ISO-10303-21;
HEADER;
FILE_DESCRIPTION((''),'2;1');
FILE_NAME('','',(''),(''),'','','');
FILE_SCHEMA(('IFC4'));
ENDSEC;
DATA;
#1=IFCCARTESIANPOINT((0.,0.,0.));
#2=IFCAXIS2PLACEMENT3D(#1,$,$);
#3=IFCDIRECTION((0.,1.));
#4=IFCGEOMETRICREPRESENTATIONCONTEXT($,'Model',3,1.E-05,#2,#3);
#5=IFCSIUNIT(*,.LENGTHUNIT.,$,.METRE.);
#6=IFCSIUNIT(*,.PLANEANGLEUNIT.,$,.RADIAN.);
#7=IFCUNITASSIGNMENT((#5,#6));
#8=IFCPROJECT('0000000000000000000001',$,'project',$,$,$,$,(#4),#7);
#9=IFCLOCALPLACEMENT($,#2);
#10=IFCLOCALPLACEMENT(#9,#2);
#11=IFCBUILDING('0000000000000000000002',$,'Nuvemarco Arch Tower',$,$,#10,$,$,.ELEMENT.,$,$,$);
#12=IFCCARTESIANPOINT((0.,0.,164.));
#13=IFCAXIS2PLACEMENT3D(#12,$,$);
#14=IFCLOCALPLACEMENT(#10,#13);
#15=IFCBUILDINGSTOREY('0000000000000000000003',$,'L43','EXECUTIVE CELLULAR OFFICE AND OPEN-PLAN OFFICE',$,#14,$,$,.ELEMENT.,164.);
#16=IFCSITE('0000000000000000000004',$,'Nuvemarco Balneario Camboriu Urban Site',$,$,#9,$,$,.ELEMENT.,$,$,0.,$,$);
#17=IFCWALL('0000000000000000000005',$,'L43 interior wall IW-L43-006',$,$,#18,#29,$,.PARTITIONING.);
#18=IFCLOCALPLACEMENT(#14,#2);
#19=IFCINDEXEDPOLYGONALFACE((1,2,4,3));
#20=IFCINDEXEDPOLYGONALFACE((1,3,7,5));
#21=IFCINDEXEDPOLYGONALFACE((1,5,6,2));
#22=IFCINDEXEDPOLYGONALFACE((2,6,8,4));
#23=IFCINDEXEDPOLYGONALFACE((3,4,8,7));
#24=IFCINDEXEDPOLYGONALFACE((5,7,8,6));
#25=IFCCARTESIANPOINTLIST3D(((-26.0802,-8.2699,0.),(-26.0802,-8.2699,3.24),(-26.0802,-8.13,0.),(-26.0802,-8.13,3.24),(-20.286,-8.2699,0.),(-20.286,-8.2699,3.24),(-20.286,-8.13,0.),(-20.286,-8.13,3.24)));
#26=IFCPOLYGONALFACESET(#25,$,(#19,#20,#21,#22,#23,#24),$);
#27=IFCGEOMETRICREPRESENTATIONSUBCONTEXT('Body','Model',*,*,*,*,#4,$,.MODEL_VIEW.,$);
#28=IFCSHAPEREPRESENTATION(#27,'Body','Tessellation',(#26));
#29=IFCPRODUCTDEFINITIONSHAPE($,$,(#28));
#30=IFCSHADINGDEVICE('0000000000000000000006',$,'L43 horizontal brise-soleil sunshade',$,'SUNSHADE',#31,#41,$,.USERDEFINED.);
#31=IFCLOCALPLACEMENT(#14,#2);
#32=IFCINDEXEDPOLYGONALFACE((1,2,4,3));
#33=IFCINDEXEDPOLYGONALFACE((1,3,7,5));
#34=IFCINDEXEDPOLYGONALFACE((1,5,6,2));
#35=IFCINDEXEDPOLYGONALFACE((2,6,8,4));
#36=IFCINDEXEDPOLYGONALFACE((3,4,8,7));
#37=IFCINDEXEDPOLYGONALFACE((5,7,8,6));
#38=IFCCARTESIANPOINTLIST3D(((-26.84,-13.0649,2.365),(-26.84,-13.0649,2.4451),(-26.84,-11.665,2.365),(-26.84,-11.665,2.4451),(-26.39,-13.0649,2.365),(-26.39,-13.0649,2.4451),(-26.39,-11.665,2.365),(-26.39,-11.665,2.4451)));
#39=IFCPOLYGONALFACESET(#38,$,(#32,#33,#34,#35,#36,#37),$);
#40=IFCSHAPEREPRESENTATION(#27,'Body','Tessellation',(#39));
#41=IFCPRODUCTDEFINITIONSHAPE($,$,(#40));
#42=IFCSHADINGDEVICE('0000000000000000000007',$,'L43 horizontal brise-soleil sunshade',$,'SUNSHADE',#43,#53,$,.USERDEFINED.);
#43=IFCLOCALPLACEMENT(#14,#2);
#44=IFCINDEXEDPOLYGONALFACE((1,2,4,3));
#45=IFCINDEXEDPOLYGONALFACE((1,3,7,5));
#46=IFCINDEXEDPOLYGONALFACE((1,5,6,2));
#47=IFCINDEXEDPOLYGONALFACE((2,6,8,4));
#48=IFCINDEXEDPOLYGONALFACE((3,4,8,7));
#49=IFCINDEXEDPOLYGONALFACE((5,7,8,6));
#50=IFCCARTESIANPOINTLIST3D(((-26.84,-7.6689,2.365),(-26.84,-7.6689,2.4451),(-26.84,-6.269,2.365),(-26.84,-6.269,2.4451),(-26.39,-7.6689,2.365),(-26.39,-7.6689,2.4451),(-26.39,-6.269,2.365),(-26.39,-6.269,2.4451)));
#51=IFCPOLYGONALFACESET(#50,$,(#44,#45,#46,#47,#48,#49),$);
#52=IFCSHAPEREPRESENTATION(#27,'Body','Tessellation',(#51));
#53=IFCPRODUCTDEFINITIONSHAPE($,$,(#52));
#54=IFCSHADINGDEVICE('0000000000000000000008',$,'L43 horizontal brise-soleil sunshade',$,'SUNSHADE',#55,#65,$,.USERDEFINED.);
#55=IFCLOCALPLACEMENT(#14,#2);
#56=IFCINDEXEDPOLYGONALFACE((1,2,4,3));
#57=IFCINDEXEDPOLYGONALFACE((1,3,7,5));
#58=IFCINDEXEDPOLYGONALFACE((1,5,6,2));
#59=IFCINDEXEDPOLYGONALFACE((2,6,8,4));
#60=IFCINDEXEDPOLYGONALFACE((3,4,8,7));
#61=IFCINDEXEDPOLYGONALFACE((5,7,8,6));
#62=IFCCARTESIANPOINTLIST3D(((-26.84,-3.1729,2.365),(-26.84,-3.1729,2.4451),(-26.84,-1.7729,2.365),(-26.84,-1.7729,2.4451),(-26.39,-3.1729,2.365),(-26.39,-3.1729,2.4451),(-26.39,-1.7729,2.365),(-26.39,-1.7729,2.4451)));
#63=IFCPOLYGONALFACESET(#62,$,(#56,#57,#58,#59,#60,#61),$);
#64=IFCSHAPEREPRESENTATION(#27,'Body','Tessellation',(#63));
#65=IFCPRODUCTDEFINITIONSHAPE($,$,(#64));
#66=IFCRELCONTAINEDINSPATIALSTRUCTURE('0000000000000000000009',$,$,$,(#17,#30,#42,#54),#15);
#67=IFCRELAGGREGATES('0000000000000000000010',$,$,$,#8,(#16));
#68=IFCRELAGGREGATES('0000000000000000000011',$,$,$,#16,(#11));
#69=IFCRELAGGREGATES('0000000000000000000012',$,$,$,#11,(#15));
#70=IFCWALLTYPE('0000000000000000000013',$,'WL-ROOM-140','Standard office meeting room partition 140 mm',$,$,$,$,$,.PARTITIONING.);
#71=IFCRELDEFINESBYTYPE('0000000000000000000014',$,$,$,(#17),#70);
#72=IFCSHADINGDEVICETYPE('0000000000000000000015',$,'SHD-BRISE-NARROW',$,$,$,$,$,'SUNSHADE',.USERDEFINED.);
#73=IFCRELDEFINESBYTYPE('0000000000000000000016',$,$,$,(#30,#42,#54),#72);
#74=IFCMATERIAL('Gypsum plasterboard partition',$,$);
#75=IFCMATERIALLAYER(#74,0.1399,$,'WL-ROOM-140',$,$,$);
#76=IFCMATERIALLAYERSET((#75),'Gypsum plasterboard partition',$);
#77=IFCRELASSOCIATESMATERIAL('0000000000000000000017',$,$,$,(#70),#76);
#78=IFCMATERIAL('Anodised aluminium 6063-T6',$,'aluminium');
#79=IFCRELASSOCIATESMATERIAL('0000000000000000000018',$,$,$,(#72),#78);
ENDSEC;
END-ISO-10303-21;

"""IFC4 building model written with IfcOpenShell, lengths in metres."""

from ifc_helpers import new_model, si_unit, direction, frame, frame_2d, origin, origin_2d, place, context, subcontext, project, spatial, rectangle, extrude, source, transform, mapped, material, layer, layer_set, type_object, type_shapes, element, save


model = new_model("IFC4")

# Units and contexts
model_context = context("Model", 3, precision=1e-05, world=origin(), true_north=direction((0.0, 1.0)))
body_context = subcontext(model_context, "Body", "Model", "MODEL_VIEW")
ifc_project = project(units=[si_unit("LENGTHUNIT", "METRE"), si_unit("PLANEANGLEUNIT", "RADIAN")], contexts=[model_context])

# Site, building, storey
site_placement = place(None, origin())
site = spatial("IfcSite", under=ifc_project, at=site_placement, Name="Nuvemarco Balneario Camboriu Urban Site", CompositionType="ELEMENT", RefElevation=0.0)
building_placement = place(site_placement, origin())
building = spatial("IfcBuilding", under=site, at=building_placement, Name="Nuvemarco Arch Tower", CompositionType="ELEMENT")
storey_placement = place(building_placement, frame((0.0, 0.0, 164.0)))
storey = spatial("IfcBuildingStorey", under=building, at=storey_placement, Name="L43", Description="EXECUTIVE CELLULAR OFFICE AND OPEN-PLAN OFFICE", CompositionType="ELEMENT", Elevation=164.0)

# Wall
ifc_material_1 = material(Name="Gypsum plasterboard partition")
ifc_layer_1 = layer(ifc_material_1, 0.1399, Name="WL-ROOM-140")
ifc_layer_set_1 = layer_set([ifc_layer_1], Name="Gypsum plasterboard partition")
wall_type_1 = type_object("IfcWallType", Name="WL-ROOM-140", Description="Standard office meeting room partition 140 mm", PredefinedType="PARTITIONING", material=ifc_layer_set_1)
wall_1_placement = place(storey_placement, frame((-26.0801, -8.2, 0.0), z_axis=(0.0, 0.0, 1.0), x_axis=(1.0, 0.0, 0.0)))
element("IfcWall", 1, at=wall_1_placement, inside=storey, type_object=wall_type_1, Name="L43 interior wall IW-L43-006", PredefinedType="PARTITIONING", context=body_context, shape_type="SweptSolid", body=[
    extrude(rectangle(XDim=5.7942, YDim=0.1399, at=frame_2d((2.897, 0.0))), origin(), (0.0, 0.0, 1.0), 3.24),
])

# Shading devices
ifc_material_2 = material(Name="Anodised aluminium 6063-T6", Category="aluminium")
shading_device_type = type_object("IfcShadingDeviceType", Name="SHD-BRISE-NARROW", ElementType="SUNSHADE", PredefinedType="USERDEFINED", material=ifc_material_2)
shared_shape = source(origin(), body_context, "Body", "SweptSolid", [
    extrude(rectangle(XDim=1.3999, YDim=0.45, at=origin_2d()), origin(), (0.0, 0.0, 1.0), 0.0801),
])
type_shapes(shading_device_type, [shared_shape])
for number, where, z_axis, x_axis, name in (
    (2, (-26.615, -12.365, 2.365), (0.0, 0.0, 1.0), (0.0, 1.0, 0.0), "L43 horizontal brise-soleil sunshade"),
    (3, (-26.615, -6.969, 2.365), (0.0, 0.0, 1.0), (0.0, 1.0, 0.0), "L43 horizontal brise-soleil sunshade"),
    (4, (-26.615, -2.4729, 2.365), (0.0, 0.0, 1.0), (0.0, 1.0, 0.0), "L43 horizontal brise-soleil sunshade"),
):
    element("IfcShadingDevice", number, at=place(storey_placement, frame(where, z_axis=z_axis, x_axis=x_axis)), inside=storey, type_object=shading_device_type, Name=name, ObjectType="SUNSHADE", PredefinedType="USERDEFINED", context=body_context, shape_type="MappedRepresentation", body=[
        mapped(shared_shape, transform((0.0, 0.0, 0.0), scale=1.0)),
    ])

save(model, "model.ifc")
